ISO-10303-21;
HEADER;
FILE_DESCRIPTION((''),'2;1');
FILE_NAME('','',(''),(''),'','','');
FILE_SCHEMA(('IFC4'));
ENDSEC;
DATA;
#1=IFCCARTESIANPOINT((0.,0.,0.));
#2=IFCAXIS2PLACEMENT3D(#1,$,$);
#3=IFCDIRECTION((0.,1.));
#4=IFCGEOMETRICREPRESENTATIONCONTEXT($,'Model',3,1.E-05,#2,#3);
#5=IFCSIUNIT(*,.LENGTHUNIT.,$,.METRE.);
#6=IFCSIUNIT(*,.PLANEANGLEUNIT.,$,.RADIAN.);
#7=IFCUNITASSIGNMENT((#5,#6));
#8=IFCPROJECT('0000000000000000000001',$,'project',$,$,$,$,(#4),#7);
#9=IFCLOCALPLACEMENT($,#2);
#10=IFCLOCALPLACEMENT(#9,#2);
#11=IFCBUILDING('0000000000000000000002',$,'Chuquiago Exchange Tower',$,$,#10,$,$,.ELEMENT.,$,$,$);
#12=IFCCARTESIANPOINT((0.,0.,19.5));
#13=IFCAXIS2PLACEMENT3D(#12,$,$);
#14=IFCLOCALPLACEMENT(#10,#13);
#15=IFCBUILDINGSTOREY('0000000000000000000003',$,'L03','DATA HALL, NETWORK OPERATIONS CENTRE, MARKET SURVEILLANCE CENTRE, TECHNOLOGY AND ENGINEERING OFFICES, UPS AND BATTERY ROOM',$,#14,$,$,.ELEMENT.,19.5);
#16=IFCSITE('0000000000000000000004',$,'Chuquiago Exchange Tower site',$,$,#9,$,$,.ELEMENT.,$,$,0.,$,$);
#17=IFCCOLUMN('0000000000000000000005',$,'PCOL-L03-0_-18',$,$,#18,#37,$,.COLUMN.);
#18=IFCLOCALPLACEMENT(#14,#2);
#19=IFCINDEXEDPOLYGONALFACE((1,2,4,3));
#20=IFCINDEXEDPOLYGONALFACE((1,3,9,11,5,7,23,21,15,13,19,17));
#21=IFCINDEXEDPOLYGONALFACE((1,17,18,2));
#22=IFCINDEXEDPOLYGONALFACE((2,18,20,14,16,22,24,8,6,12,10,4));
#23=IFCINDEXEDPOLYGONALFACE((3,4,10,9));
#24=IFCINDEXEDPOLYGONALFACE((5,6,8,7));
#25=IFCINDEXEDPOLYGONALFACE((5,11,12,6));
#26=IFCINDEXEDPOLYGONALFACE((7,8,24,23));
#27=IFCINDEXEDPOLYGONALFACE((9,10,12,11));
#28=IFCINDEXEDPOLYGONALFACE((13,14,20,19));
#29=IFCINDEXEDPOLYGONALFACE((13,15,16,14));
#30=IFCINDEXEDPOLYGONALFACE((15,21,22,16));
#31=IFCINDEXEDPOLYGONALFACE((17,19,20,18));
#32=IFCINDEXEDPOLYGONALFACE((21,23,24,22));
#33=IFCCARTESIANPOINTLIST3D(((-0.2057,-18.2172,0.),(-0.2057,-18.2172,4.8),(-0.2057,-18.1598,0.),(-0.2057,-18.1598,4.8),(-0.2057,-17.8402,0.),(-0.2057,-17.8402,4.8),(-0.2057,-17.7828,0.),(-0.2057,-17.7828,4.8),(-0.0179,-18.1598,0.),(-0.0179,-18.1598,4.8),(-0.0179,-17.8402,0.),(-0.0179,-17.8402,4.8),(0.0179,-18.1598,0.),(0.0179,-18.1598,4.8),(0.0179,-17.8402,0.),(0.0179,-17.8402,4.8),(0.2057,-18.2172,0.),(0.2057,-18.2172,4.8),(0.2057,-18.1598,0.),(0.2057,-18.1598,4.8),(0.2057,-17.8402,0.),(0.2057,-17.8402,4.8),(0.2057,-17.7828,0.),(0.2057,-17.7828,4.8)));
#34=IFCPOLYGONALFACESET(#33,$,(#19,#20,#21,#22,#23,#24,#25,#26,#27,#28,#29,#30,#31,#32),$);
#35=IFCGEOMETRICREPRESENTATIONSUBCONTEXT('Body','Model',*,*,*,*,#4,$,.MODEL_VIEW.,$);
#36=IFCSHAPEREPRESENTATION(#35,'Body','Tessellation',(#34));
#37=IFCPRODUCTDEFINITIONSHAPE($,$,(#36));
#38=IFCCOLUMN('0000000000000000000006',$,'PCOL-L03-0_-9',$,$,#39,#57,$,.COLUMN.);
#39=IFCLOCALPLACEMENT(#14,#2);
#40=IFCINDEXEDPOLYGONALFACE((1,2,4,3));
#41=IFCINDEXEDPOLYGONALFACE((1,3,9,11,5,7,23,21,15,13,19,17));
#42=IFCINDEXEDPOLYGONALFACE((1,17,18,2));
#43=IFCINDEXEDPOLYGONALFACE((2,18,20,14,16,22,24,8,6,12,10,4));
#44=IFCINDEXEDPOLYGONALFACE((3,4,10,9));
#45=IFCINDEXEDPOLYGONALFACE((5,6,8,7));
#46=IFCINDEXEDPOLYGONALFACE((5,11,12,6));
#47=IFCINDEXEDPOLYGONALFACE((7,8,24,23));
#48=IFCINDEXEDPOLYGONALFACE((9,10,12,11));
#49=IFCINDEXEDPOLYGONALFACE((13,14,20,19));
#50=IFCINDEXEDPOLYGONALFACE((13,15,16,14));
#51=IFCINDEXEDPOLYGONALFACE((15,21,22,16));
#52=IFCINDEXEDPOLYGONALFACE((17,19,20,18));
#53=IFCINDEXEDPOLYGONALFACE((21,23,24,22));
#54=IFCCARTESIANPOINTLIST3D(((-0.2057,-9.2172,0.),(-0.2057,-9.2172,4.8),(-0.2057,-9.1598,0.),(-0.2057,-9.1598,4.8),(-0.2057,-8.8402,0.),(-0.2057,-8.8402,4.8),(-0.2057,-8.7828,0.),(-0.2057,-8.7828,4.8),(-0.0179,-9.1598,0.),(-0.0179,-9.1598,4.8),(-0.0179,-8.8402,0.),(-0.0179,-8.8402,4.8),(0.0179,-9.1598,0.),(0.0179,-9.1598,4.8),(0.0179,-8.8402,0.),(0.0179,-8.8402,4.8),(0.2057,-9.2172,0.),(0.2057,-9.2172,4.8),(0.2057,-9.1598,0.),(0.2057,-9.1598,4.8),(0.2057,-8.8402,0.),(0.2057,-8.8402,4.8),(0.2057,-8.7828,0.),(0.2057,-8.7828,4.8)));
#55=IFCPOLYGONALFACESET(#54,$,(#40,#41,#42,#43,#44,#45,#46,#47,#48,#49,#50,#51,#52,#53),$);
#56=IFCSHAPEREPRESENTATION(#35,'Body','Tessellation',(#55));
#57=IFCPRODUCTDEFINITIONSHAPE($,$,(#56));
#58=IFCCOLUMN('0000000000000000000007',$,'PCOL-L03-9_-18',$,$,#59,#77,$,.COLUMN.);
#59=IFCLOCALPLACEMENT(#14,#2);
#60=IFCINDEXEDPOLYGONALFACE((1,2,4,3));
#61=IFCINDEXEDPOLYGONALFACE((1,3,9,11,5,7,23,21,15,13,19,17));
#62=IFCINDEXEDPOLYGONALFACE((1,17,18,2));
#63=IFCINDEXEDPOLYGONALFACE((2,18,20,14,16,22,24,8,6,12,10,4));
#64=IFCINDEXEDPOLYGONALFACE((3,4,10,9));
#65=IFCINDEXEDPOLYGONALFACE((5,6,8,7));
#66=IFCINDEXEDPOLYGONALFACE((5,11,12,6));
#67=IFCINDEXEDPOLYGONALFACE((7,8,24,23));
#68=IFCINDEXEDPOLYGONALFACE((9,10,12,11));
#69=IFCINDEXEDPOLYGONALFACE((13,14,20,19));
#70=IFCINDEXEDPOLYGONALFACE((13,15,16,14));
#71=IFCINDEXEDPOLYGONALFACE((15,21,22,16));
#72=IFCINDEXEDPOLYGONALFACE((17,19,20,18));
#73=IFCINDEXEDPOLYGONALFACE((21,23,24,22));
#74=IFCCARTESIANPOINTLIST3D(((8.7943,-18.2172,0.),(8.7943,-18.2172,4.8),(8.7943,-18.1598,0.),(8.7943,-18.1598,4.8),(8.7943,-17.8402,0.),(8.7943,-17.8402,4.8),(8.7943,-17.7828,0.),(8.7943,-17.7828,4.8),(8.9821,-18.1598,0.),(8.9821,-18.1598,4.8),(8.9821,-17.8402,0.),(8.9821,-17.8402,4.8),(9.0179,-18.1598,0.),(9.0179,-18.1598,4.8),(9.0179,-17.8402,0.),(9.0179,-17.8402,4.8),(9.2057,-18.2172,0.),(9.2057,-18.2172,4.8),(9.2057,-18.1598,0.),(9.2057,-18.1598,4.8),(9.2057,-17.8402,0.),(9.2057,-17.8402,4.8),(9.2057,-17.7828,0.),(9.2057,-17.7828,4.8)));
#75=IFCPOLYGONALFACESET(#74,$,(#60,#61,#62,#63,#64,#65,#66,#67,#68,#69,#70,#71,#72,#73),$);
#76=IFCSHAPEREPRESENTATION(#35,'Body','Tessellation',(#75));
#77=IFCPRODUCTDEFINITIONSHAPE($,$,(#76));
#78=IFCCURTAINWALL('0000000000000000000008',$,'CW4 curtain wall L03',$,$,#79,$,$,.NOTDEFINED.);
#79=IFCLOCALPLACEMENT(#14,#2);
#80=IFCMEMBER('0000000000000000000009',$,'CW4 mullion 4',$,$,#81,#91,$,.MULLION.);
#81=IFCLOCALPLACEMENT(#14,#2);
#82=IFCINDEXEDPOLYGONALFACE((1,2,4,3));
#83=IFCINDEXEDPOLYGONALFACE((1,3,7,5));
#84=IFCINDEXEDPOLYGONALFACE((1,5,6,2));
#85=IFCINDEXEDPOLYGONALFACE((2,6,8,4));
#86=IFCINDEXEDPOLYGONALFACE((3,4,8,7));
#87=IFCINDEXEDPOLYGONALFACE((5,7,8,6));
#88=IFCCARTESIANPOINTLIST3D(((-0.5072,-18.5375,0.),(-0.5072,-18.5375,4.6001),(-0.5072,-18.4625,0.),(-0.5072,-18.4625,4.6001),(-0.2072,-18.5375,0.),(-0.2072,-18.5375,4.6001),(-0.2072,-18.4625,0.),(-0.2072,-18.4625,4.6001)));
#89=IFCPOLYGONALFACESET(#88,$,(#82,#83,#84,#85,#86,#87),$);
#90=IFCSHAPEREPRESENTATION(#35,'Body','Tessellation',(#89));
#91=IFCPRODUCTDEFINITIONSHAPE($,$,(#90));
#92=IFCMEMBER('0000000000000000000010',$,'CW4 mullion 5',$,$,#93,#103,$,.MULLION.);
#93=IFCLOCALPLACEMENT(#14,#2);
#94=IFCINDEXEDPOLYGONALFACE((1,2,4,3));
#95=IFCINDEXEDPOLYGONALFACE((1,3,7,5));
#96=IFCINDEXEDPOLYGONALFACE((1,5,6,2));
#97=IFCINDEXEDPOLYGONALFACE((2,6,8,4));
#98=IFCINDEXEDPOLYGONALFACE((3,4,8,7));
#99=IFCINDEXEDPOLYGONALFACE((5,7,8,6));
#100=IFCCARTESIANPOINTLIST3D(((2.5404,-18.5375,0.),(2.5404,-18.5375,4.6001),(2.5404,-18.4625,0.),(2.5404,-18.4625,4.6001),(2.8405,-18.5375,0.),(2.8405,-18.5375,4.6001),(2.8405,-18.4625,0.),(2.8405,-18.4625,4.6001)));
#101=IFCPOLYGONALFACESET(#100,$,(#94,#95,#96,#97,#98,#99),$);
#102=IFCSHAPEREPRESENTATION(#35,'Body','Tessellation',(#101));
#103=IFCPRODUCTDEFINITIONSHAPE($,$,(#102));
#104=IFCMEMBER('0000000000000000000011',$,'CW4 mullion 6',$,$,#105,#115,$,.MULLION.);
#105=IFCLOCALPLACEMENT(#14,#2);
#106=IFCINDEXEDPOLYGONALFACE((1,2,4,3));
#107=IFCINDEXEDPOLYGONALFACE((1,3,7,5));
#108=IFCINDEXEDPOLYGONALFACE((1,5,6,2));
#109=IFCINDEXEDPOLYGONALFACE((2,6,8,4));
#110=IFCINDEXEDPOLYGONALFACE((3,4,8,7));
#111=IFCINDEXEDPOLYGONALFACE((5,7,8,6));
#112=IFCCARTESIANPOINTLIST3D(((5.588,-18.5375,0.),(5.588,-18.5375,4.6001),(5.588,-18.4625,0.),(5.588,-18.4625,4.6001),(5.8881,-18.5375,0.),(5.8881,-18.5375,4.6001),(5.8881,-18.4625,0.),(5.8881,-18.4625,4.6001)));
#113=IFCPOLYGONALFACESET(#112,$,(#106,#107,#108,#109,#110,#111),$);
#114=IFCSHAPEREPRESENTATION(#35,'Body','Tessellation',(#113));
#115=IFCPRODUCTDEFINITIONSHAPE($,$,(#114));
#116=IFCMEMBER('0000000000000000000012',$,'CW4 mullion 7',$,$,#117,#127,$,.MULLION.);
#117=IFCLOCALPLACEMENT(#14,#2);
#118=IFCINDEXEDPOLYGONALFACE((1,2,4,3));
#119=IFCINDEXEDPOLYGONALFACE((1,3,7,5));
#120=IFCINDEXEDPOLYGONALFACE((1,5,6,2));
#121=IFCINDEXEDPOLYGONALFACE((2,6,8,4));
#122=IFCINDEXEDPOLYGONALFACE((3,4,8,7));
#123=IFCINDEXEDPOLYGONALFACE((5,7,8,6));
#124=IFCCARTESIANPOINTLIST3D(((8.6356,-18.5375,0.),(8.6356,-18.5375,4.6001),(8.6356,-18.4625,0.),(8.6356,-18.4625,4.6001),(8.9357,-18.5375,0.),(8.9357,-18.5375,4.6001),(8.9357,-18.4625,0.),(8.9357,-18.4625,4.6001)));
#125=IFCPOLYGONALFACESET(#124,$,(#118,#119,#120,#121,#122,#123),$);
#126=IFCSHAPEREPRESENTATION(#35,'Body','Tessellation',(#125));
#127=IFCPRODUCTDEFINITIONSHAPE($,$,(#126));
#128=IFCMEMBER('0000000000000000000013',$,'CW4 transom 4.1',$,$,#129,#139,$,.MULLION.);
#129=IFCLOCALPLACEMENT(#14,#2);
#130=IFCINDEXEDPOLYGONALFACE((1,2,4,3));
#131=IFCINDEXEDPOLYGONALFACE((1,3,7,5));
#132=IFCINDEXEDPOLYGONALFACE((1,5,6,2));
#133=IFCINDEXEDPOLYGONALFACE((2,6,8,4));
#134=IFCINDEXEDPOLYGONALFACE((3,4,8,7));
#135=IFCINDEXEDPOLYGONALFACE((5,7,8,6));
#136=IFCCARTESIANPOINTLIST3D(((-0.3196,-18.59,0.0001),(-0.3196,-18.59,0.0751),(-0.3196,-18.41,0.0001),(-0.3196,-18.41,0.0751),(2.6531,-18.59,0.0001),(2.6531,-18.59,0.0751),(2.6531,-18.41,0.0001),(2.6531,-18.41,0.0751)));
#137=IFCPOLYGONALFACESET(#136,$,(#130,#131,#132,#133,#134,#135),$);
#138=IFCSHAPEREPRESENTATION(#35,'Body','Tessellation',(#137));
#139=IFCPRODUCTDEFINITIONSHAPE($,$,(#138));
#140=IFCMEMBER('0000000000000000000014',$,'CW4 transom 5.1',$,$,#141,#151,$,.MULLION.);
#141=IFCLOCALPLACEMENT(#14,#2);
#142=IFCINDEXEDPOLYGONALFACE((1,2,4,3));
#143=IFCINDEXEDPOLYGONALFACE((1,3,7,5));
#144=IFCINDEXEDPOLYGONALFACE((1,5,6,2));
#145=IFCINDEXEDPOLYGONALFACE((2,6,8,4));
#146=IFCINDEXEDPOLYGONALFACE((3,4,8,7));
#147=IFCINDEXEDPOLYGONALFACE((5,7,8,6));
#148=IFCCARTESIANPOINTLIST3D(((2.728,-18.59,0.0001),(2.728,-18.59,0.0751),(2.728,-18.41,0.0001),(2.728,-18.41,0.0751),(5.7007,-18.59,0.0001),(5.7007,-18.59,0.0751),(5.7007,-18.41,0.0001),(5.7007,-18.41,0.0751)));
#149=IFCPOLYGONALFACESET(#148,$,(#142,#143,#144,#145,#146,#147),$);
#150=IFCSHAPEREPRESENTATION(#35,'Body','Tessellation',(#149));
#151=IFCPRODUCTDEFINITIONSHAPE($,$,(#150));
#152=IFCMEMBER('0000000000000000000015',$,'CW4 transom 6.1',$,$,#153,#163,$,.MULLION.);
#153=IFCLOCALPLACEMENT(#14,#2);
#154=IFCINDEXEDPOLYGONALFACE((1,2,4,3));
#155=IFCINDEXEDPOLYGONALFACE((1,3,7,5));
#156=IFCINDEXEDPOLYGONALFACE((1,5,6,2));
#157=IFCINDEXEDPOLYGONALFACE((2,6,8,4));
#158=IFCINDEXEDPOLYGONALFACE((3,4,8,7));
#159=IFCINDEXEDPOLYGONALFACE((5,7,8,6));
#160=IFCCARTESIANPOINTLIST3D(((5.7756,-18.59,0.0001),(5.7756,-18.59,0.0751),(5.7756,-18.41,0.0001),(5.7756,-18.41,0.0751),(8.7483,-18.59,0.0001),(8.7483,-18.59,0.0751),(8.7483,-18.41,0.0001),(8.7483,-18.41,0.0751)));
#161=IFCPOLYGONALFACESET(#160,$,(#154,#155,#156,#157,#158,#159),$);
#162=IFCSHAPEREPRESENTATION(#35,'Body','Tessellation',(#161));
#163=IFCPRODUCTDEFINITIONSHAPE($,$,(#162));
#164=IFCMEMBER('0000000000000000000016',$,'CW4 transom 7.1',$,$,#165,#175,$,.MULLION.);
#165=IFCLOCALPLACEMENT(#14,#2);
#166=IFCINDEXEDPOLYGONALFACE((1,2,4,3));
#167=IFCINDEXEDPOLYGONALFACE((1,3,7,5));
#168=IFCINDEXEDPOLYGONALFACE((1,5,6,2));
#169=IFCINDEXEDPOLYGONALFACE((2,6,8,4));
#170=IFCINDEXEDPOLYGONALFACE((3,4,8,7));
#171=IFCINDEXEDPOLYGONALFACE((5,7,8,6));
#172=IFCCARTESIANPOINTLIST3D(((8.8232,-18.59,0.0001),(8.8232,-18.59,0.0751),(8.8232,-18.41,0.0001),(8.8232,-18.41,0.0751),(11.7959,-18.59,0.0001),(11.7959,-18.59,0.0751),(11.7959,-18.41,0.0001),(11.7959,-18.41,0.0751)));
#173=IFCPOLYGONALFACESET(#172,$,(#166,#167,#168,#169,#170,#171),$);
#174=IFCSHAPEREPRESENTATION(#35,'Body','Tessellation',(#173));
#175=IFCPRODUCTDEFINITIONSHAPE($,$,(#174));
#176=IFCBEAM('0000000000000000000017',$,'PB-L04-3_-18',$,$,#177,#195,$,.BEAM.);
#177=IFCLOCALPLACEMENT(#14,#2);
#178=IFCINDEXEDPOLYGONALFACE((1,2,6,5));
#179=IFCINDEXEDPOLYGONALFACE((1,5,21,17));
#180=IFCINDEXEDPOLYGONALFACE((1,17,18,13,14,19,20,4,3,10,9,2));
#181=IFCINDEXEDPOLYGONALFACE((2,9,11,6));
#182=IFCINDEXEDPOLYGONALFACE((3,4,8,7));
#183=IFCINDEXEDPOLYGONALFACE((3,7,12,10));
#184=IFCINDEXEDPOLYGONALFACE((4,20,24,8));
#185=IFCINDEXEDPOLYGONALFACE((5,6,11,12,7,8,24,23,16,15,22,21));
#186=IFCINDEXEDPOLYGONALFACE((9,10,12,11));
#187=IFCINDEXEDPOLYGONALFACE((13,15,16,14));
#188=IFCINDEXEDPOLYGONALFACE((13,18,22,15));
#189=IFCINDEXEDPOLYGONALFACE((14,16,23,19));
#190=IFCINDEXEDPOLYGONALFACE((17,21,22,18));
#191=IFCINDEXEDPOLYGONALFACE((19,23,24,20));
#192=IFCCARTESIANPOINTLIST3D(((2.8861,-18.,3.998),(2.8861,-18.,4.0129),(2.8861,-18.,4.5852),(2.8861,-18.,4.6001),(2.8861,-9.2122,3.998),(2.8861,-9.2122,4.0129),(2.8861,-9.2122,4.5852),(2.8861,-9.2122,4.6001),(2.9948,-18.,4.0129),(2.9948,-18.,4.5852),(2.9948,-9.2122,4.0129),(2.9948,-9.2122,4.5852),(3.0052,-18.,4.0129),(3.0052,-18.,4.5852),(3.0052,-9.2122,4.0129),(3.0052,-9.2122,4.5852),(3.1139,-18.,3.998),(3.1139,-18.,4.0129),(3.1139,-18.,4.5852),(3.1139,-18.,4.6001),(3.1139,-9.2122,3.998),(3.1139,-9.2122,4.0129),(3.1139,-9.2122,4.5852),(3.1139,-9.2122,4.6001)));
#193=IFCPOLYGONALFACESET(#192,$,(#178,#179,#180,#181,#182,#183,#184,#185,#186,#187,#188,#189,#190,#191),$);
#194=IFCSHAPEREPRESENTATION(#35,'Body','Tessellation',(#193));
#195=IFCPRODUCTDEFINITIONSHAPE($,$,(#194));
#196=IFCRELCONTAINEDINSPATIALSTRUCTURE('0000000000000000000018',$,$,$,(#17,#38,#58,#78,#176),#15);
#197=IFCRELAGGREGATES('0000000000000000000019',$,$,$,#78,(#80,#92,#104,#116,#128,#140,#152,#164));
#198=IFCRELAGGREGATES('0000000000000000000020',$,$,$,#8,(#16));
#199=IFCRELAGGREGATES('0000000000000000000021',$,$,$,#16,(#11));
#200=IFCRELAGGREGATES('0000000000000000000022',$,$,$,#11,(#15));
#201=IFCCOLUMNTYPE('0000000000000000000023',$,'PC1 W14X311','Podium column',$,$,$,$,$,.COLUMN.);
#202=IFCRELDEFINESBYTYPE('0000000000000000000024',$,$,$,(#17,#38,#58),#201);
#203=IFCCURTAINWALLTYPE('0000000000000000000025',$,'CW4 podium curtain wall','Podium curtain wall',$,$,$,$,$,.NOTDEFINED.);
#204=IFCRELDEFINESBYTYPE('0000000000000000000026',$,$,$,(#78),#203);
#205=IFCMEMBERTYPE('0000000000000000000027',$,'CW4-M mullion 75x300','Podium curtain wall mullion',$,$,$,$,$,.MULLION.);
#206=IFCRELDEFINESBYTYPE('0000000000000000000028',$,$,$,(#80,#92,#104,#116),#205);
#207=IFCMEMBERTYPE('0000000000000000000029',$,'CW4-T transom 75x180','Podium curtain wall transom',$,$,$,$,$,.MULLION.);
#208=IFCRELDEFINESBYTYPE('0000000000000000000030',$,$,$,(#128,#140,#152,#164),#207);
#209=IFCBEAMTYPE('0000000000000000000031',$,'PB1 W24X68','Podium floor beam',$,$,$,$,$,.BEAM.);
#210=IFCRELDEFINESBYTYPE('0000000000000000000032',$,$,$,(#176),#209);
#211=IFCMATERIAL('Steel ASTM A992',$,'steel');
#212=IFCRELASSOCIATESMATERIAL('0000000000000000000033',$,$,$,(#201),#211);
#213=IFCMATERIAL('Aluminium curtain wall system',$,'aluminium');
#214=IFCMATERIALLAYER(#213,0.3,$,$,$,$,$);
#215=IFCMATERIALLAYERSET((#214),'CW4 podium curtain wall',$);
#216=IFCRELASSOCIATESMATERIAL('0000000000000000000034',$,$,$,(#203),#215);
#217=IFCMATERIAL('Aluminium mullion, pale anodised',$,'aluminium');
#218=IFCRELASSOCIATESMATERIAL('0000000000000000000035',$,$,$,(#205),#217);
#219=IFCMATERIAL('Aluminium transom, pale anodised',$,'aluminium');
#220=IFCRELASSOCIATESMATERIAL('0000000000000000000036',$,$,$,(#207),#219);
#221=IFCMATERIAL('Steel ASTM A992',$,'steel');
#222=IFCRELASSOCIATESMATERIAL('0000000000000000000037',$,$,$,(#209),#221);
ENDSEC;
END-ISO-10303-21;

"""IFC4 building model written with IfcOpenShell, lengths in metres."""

from ifc_helpers import new_model, si_unit, direction, frame, origin, origin_2d, place, context, subcontext, project, spatial, rectangle, i_section, extrude, material, layer, layer_set, material_profile, profile_set, type_object, element, aggregate, save


model = new_model("IFC4")

# Units and contexts
model_context = context("Model", 3, precision=1e-05, world=origin(), true_north=direction((0.0, 1.0)))
body_context = subcontext(model_context, "Body", "Model", "MODEL_VIEW")
ifc_project = project(units=[si_unit("LENGTHUNIT", "METRE"), si_unit("PLANEANGLEUNIT", "RADIAN")], contexts=[model_context])

# Site, building, storey
site_placement = place(None, origin())
site = spatial("IfcSite", under=ifc_project, at=site_placement, Name="Chuquiago Exchange Tower site", CompositionType="ELEMENT", RefElevation=0.0)
building_placement = place(site_placement, origin())
building = spatial("IfcBuilding", under=site, at=building_placement, Name="Chuquiago Exchange Tower", CompositionType="ELEMENT")
storey_placement = place(building_placement, frame((0.0, 0.0, 19.5)))
storey = spatial("IfcBuildingStorey", under=building, at=storey_placement, Name="L03", Description="DATA HALL, NETWORK OPERATIONS CENTRE, MARKET SURVEILLANCE CENTRE, TECHNOLOGY AND ENGINEERING OFFICES, UPS AND BATTERY ROOM", CompositionType="ELEMENT", Elevation=19.5)

# Columns
ifc_material_1 = material(Name="Steel ASTM A992", Category="steel")
ifc_material_profile_1 = material_profile(ifc_material_1, i_section(OverallWidth=0.4114, OverallDepth=0.4343, WebThickness=0.0359, FlangeThickness=0.0574, at=origin_2d()), Name="W14X311")
ifc_profile_set_1 = profile_set([ifc_material_profile_1], Name="Steel ASTM A992")
column_type = type_object("IfcColumnType", Name="PC1 W14X311", Description="Podium column", PredefinedType="COLUMN", material=ifc_profile_set_1)
for number, where, z_axis, x_axis, name in (
    (1, (0.0, -18.0, 0.0), (0.0, 0.0, 1.0), (1.0, 0.0, 0.0), "PCOL-L03-0_-18"),
    (2, (0.0, -9.0, 0.0), (0.0, 0.0, 1.0), (1.0, 0.0, 0.0), "PCOL-L03-0_-9"),
    (3, (9.0, -18.0, 0.0), (0.0, 0.0, 1.0), (1.0, 0.0, 0.0), "PCOL-L03-9_-18"),
):
    element("IfcColumn", number, at=place(storey_placement, frame(where, z_axis=z_axis, x_axis=x_axis)), inside=storey, type_object=column_type, Name=name, PredefinedType="COLUMN", context=body_context, shape_type="SweptSolid", body=[
        extrude(i_section(OverallWidth=0.4114, OverallDepth=0.4343, WebThickness=0.0359, FlangeThickness=0.0574, at=origin_2d()), origin(), (0.0, 0.0, 1.0), 4.8),
    ])

# Curtain wall, members
ifc_material_2 = material(Name="Aluminium curtain wall system", Category="aluminium")
ifc_layer_1 = layer(ifc_material_2, 0.3)
ifc_layer_set_1 = layer_set([ifc_layer_1], Name="CW4 podium curtain wall")
curtain_wall_type = type_object("IfcCurtainWallType", Name="CW4 podium curtain wall", Description="Podium curtain wall", PredefinedType="NOTDEFINED", material=ifc_layer_set_1)
curtain_wall_placement = place(storey_placement, origin())
curtain_wall = element("IfcCurtainWall", 4, at=curtain_wall_placement, inside=storey, type_object=curtain_wall_type, Name="CW4 curtain wall L03", PredefinedType="NOTDEFINED")
ifc_material_3 = material(Name="Aluminium mullion, pale anodised", Category="aluminium")
ifc_material_profile_2 = material_profile(ifc_material_3, rectangle(XDim=0.075, YDim=0.3, at=origin_2d()), Name="AL 75x300")
ifc_profile_set_2 = profile_set([ifc_material_profile_2], Name="Aluminium mullion, pale anodised")
member_type_1 = type_object("IfcMemberType", Name="CW4-M mullion 75x300", Description="Podium curtain wall mullion", PredefinedType="MULLION", material=ifc_profile_set_2)
member_1_placement = place(storey_placement, frame((-0.3572, -18.5, 0.0), z_axis=(0.0, 0.0, 1.0), x_axis=(0.0, 1.0, 0.0)))
member_1 = element("IfcMember", 5, at=member_1_placement, type_object=member_type_1, Name="CW4 mullion 4", PredefinedType="MULLION", context=body_context, shape_type="SweptSolid", body=[
    extrude(rectangle(XDim=0.075, YDim=0.3, at=origin_2d()), origin(), (0.0, 0.0, 1.0), 4.6001),
])
member_2_placement = place(storey_placement, frame((2.6904, -18.5, 0.0), z_axis=(0.0, 0.0, 1.0), x_axis=(0.0, 1.0, 0.0)))
member_2 = element("IfcMember", 6, at=member_2_placement, type_object=member_type_1, Name="CW4 mullion 5", PredefinedType="MULLION", context=body_context, shape_type="SweptSolid", body=[
    extrude(rectangle(XDim=0.075, YDim=0.3, at=origin_2d()), origin(), (0.0, 0.0, 1.0), 4.6001),
])
member_3_placement = place(storey_placement, frame((5.738, -18.5, 0.0), z_axis=(0.0, 0.0, 1.0), x_axis=(0.0, 1.0, 0.0)))
member_3 = element("IfcMember", 7, at=member_3_placement, type_object=member_type_1, Name="CW4 mullion 6", PredefinedType="MULLION", context=body_context, shape_type="SweptSolid", body=[
    extrude(rectangle(XDim=0.075, YDim=0.3, at=origin_2d()), origin(), (0.0, 0.0, 1.0), 4.6001),
])
member_4_placement = place(storey_placement, frame((8.7856, -18.5, 0.0), z_axis=(0.0, 0.0, 1.0), x_axis=(0.0, 1.0, 0.0)))
member_4 = element("IfcMember", 8, at=member_4_placement, type_object=member_type_1, Name="CW4 mullion 7", PredefinedType="MULLION", context=body_context, shape_type="SweptSolid", body=[
    extrude(rectangle(XDim=0.075, YDim=0.3, at=origin_2d()), origin(), (0.0, 0.0, 1.0), 4.6001),
])
ifc_material_4 = material(Name="Aluminium transom, pale anodised", Category="aluminium")
ifc_material_profile_3 = material_profile(ifc_material_4, rectangle(XDim=0.1799, YDim=0.075, at=origin_2d()), Name="AL 180x75")
ifc_profile_set_3 = profile_set([ifc_material_profile_3], Name="Aluminium transom, pale anodised")
member_type_2 = type_object("IfcMemberType", Name="CW4-T transom 75x180", Description="Podium curtain wall transom", PredefinedType="MULLION", material=ifc_profile_set_3)
member_5_placement = place(storey_placement, frame((-0.3196, -18.5, 0.0376), z_axis=(1.0, 0.0, 0.0), x_axis=(0.0, 1.0, 0.0)))
member_5 = element("IfcMember", 9, at=member_5_placement, type_object=member_type_2, Name="CW4 transom 4.1", PredefinedType="MULLION", context=body_context, shape_type="SweptSolid", body=[
    extrude(rectangle(XDim=0.1799, YDim=0.075, at=origin_2d()), origin(), (0.0, 0.0, 1.0), 2.9727),
])
member_6_placement = place(storey_placement, frame((2.728, -18.5, 0.0376), z_axis=(1.0, 0.0, 0.0), x_axis=(0.0, 1.0, 0.0)))
member_6 = element("IfcMember", 10, at=member_6_placement, type_object=member_type_2, Name="CW4 transom 5.1", PredefinedType="MULLION", context=body_context, shape_type="SweptSolid", body=[
    extrude(rectangle(XDim=0.1799, YDim=0.075, at=origin_2d()), origin(), (0.0, 0.0, 1.0), 2.9727),
])
member_7_placement = place(storey_placement, frame((5.7756, -18.5, 0.0376), z_axis=(1.0, 0.0, 0.0), x_axis=(0.0, 1.0, 0.0)))
member_7 = element("IfcMember", 11, at=member_7_placement, type_object=member_type_2, Name="CW4 transom 6.1", PredefinedType="MULLION", context=body_context, shape_type="SweptSolid", body=[
    extrude(rectangle(XDim=0.1799, YDim=0.075, at=origin_2d()), origin(), (0.0, 0.0, 1.0), 2.9727),
])
member_8_placement = place(storey_placement, frame((8.8232, -18.5, 0.0376), z_axis=(1.0, 0.0, 0.0), x_axis=(0.0, 1.0, 0.0)))
member_8 = element("IfcMember", 12, at=member_8_placement, type_object=member_type_2, Name="CW4 transom 7.1", PredefinedType="MULLION", context=body_context, shape_type="SweptSolid", body=[
    extrude(rectangle(XDim=0.1799, YDim=0.075, at=origin_2d()), origin(), (0.0, 0.0, 1.0), 2.9727),
])

# Beam
ifc_material_5 = material(Name="Steel ASTM A992", Category="steel")
ifc_material_profile_4 = material_profile(ifc_material_5, i_section(OverallWidth=0.2278, OverallDepth=0.6021, WebThickness=0.0105, FlangeThickness=0.0149, at=origin_2d()), Name="W24X68")
ifc_profile_set_4 = profile_set([ifc_material_profile_4], Name="Steel ASTM A992")
beam_type_1 = type_object("IfcBeamType", Name="PB1 W24X68", Description="Podium floor beam", PredefinedType="BEAM", material=ifc_profile_set_4)
for number, where, z_axis, x_axis, name in (
    (13, (3.0, -18.0, 4.2991), (0.0, 1.0, 0.0), (-1.0, 0.0, 0.0), "PB-L04-3_-18"),
):
    element("IfcBeam", number, at=place(storey_placement, frame(where, z_axis=z_axis, x_axis=x_axis)), inside=storey, type_object=beam_type_1, Name=name, PredefinedType="BEAM", context=body_context, shape_type="SweptSolid", body=[
        extrude(i_section(OverallWidth=0.2278, OverallDepth=0.6021, WebThickness=0.0105, FlangeThickness=0.0149, at=origin_2d()), origin(), (0.0, 0.0, 1.0), 8.7878),
    ])

aggregate(curtain_wall, [member_1, member_2, member_3, member_4, member_5, member_6, member_7, member_8])

save(model, "model.ifc")
